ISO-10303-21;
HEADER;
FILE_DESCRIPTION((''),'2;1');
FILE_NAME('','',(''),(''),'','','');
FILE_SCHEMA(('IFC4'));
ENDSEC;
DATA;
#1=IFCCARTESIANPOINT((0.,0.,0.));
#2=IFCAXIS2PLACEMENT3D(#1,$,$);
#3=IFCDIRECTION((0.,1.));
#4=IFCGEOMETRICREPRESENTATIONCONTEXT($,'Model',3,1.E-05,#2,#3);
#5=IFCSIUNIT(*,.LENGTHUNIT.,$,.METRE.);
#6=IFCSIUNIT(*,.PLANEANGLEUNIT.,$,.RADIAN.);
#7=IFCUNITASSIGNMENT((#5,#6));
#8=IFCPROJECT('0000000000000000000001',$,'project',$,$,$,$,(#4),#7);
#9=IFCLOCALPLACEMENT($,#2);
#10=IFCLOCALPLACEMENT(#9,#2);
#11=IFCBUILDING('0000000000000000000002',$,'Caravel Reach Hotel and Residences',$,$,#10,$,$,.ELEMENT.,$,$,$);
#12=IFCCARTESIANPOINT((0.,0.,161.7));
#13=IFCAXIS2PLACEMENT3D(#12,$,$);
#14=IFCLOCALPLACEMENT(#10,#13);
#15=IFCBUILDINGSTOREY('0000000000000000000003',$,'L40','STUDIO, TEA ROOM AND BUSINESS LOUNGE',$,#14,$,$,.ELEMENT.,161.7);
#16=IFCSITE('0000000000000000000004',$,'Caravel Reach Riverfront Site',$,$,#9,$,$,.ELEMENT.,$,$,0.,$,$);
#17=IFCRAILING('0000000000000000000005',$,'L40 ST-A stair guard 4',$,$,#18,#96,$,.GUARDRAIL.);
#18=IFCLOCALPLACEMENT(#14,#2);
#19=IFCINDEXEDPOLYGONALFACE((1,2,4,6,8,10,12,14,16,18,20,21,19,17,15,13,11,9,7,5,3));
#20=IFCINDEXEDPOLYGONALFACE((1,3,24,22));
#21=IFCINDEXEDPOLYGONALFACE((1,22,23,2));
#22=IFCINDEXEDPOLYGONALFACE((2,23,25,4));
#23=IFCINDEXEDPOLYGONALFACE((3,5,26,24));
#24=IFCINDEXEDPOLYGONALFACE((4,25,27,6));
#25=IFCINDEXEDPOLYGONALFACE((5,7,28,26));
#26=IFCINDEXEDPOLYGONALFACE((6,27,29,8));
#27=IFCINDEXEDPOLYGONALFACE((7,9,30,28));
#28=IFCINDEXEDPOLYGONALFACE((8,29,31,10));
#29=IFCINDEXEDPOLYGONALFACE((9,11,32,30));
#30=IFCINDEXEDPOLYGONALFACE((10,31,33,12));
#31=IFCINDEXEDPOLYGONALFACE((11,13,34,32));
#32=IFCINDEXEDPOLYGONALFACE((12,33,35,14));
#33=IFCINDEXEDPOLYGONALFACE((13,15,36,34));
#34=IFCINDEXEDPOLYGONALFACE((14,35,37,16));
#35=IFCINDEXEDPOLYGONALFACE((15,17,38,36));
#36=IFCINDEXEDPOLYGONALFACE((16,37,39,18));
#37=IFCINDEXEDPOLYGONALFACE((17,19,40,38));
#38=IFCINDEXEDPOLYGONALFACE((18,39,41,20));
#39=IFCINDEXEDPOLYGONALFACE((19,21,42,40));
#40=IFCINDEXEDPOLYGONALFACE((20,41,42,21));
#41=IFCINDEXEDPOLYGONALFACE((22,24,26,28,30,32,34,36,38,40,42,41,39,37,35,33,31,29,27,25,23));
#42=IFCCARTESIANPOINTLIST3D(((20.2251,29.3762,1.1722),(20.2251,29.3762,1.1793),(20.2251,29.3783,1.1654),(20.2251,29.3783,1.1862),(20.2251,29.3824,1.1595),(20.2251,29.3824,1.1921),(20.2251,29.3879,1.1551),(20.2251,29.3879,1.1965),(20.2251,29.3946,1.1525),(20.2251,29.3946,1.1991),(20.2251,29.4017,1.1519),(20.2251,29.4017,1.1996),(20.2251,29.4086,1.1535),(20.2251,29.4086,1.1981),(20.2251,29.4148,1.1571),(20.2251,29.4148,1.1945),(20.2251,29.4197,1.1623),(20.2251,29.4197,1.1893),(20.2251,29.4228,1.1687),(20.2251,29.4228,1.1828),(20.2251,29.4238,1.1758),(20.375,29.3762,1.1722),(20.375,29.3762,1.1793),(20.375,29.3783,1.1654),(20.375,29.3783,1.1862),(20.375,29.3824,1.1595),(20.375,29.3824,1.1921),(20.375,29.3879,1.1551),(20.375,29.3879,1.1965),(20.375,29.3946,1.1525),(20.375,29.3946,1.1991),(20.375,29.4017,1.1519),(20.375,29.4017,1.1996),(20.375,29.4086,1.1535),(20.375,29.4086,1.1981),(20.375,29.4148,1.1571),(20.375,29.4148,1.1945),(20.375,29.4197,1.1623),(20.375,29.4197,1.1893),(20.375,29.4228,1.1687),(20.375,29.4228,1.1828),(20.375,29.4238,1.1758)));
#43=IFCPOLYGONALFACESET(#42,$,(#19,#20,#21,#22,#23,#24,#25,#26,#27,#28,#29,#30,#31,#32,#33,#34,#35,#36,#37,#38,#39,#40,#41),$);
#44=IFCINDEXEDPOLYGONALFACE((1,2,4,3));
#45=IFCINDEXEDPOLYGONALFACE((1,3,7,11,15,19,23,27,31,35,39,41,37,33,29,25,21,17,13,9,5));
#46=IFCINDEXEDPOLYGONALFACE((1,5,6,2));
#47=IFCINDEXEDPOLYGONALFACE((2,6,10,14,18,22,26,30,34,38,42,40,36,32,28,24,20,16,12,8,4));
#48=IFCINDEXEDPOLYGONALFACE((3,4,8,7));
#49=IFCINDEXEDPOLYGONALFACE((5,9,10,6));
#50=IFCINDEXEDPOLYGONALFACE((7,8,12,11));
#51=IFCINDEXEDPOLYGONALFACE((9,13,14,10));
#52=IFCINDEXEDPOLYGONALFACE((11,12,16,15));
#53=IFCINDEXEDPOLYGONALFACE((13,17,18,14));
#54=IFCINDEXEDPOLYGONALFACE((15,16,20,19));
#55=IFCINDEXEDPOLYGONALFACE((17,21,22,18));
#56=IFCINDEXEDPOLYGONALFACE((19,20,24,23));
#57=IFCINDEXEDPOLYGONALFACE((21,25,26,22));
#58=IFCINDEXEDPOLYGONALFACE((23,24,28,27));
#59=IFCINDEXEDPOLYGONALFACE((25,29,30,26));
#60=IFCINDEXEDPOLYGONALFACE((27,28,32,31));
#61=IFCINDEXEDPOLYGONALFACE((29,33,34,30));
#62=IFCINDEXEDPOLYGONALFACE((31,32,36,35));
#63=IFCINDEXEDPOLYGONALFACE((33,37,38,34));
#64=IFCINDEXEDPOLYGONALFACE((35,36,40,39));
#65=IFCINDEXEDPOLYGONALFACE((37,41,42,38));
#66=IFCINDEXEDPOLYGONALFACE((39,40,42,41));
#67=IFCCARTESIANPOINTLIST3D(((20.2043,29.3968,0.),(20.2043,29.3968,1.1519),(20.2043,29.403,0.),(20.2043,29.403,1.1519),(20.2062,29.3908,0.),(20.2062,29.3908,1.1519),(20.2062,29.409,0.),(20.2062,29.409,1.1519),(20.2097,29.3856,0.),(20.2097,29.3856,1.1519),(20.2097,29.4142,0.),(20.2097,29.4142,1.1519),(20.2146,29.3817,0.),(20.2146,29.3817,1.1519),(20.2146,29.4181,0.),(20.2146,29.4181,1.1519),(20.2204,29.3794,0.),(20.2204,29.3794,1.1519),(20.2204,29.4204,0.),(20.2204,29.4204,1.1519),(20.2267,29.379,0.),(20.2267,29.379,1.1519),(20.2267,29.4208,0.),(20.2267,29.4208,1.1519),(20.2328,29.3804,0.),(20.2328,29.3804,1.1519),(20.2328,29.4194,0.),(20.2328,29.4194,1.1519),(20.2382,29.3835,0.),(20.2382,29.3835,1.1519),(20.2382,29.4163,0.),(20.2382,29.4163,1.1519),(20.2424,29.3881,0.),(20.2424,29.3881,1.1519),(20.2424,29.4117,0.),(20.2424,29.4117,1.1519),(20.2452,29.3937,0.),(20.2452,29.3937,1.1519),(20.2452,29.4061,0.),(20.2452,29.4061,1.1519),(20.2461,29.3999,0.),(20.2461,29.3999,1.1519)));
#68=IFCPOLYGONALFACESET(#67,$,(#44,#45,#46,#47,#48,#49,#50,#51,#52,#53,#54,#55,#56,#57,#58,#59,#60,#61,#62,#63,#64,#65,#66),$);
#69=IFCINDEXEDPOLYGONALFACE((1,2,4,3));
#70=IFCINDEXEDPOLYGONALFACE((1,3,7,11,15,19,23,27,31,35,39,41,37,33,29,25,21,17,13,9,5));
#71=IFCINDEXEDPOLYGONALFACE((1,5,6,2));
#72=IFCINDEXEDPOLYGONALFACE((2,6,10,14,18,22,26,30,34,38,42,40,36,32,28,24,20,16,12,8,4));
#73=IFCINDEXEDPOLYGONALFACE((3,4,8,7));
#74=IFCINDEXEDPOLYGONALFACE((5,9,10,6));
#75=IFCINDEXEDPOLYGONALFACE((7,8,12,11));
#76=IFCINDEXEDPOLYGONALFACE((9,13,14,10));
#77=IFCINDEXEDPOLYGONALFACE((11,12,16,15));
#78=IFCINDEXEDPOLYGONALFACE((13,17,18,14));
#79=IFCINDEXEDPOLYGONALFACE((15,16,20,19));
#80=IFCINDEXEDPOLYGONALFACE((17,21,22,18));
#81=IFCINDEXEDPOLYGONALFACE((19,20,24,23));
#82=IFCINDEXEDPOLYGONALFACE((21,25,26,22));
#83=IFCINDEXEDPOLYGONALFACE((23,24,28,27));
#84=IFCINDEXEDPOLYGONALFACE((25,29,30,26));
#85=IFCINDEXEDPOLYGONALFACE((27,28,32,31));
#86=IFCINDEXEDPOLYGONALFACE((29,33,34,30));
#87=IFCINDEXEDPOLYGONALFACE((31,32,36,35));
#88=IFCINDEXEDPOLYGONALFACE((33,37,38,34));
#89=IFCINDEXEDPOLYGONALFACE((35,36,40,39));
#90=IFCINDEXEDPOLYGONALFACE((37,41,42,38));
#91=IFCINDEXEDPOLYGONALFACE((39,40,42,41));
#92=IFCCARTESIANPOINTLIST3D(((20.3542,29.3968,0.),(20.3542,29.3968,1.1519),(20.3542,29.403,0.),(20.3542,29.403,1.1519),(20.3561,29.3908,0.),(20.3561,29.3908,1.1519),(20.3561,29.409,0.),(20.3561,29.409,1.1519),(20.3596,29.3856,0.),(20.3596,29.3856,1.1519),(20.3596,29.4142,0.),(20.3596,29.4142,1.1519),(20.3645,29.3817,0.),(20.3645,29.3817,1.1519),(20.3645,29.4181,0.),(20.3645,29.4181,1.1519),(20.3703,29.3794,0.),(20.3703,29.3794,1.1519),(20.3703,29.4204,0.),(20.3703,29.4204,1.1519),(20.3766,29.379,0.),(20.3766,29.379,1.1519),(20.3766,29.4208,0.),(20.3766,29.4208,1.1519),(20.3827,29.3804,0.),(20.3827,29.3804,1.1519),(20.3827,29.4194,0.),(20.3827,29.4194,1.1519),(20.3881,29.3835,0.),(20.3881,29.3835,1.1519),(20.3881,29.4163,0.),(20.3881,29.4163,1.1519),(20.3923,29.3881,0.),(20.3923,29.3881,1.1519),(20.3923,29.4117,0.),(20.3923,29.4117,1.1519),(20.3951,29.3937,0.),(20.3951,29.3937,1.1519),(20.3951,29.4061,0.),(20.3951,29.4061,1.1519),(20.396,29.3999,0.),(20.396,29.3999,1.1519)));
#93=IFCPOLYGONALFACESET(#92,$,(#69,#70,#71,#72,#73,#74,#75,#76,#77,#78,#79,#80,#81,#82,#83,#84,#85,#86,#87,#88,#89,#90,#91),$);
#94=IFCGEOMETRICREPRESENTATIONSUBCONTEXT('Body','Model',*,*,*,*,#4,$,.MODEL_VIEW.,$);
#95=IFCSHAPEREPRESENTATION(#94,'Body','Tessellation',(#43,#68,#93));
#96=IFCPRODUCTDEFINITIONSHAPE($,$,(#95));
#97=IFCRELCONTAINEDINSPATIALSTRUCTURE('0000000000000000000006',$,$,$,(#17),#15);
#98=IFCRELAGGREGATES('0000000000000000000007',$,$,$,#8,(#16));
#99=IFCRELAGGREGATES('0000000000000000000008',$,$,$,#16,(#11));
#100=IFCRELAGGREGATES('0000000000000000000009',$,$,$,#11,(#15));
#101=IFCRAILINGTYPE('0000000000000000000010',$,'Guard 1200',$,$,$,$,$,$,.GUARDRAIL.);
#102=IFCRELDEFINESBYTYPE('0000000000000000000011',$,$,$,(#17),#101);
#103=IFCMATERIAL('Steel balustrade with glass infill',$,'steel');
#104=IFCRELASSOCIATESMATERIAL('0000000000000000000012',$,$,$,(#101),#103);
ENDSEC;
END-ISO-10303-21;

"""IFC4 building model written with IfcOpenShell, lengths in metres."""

from ifc_helpers import new_model, si_unit, direction, frame, origin, origin_2d, place, context, subcontext, project, spatial, circle, extrude, material, type_object, element, save


model = new_model("IFC4")

# Units and contexts
model_context = context("Model", 3, precision=1e-05, world=origin(), true_north=direction((0.0, 1.0)))
body_context = subcontext(model_context, "Body", "Model", "MODEL_VIEW")
ifc_project = project(units=[si_unit("LENGTHUNIT", "METRE"), si_unit("PLANEANGLEUNIT", "RADIAN")], contexts=[model_context])

# Site, building, storey
site_placement = place(None, origin())
site = spatial("IfcSite", under=ifc_project, at=site_placement, Name="Caravel Reach Riverfront Site", CompositionType="ELEMENT", RefElevation=0.0)
building_placement = place(site_placement, origin())
building = spatial("IfcBuilding", under=site, at=building_placement, Name="Caravel Reach Hotel and Residences", CompositionType="ELEMENT")
storey_placement = place(building_placement, frame((0.0, 0.0, 161.7)))
storey = spatial("IfcBuildingStorey", under=building, at=storey_placement, Name="L40", Description="STUDIO, TEA ROOM AND BUSINESS LOUNGE", CompositionType="ELEMENT", Elevation=161.7)

# Railing
ifc_material_1 = material(Name="Steel balustrade with glass infill", Category="steel")
railing_type_1 = type_object("IfcRailingType", Name="Guard 1200", PredefinedType="GUARDRAIL", material=ifc_material_1)
railing_1_placement = place(storey_placement, frame((20.2251, 29.3999, 0.0)))
element("IfcRailing", 1, at=railing_1_placement, inside=storey, type_object=railing_type_1, Name="L40 ST-A stair guard 4", PredefinedType="GUARDRAIL", context=body_context, shape_type="SweptSolid", body=[
    extrude(circle(Radius=0.0239, at=origin_2d()), frame((0.0, 0.0, 1.1758), z_axis=(1.0, 0.0, 0.0), x_axis=(0.0, 1.0, 0.0)), (0.0, 0.0, 1.0), 0.1499),
    extrude(circle(Radius=0.021, at=origin_2d()), origin(), (0.0, 0.0, 1.0), 1.1519),
    extrude(circle(Radius=0.021, at=origin_2d()), frame((0.1499, 0.0, 0.0)), (0.0, 0.0, 1.0), 1.1519),
])

save(model, "model.ifc")
